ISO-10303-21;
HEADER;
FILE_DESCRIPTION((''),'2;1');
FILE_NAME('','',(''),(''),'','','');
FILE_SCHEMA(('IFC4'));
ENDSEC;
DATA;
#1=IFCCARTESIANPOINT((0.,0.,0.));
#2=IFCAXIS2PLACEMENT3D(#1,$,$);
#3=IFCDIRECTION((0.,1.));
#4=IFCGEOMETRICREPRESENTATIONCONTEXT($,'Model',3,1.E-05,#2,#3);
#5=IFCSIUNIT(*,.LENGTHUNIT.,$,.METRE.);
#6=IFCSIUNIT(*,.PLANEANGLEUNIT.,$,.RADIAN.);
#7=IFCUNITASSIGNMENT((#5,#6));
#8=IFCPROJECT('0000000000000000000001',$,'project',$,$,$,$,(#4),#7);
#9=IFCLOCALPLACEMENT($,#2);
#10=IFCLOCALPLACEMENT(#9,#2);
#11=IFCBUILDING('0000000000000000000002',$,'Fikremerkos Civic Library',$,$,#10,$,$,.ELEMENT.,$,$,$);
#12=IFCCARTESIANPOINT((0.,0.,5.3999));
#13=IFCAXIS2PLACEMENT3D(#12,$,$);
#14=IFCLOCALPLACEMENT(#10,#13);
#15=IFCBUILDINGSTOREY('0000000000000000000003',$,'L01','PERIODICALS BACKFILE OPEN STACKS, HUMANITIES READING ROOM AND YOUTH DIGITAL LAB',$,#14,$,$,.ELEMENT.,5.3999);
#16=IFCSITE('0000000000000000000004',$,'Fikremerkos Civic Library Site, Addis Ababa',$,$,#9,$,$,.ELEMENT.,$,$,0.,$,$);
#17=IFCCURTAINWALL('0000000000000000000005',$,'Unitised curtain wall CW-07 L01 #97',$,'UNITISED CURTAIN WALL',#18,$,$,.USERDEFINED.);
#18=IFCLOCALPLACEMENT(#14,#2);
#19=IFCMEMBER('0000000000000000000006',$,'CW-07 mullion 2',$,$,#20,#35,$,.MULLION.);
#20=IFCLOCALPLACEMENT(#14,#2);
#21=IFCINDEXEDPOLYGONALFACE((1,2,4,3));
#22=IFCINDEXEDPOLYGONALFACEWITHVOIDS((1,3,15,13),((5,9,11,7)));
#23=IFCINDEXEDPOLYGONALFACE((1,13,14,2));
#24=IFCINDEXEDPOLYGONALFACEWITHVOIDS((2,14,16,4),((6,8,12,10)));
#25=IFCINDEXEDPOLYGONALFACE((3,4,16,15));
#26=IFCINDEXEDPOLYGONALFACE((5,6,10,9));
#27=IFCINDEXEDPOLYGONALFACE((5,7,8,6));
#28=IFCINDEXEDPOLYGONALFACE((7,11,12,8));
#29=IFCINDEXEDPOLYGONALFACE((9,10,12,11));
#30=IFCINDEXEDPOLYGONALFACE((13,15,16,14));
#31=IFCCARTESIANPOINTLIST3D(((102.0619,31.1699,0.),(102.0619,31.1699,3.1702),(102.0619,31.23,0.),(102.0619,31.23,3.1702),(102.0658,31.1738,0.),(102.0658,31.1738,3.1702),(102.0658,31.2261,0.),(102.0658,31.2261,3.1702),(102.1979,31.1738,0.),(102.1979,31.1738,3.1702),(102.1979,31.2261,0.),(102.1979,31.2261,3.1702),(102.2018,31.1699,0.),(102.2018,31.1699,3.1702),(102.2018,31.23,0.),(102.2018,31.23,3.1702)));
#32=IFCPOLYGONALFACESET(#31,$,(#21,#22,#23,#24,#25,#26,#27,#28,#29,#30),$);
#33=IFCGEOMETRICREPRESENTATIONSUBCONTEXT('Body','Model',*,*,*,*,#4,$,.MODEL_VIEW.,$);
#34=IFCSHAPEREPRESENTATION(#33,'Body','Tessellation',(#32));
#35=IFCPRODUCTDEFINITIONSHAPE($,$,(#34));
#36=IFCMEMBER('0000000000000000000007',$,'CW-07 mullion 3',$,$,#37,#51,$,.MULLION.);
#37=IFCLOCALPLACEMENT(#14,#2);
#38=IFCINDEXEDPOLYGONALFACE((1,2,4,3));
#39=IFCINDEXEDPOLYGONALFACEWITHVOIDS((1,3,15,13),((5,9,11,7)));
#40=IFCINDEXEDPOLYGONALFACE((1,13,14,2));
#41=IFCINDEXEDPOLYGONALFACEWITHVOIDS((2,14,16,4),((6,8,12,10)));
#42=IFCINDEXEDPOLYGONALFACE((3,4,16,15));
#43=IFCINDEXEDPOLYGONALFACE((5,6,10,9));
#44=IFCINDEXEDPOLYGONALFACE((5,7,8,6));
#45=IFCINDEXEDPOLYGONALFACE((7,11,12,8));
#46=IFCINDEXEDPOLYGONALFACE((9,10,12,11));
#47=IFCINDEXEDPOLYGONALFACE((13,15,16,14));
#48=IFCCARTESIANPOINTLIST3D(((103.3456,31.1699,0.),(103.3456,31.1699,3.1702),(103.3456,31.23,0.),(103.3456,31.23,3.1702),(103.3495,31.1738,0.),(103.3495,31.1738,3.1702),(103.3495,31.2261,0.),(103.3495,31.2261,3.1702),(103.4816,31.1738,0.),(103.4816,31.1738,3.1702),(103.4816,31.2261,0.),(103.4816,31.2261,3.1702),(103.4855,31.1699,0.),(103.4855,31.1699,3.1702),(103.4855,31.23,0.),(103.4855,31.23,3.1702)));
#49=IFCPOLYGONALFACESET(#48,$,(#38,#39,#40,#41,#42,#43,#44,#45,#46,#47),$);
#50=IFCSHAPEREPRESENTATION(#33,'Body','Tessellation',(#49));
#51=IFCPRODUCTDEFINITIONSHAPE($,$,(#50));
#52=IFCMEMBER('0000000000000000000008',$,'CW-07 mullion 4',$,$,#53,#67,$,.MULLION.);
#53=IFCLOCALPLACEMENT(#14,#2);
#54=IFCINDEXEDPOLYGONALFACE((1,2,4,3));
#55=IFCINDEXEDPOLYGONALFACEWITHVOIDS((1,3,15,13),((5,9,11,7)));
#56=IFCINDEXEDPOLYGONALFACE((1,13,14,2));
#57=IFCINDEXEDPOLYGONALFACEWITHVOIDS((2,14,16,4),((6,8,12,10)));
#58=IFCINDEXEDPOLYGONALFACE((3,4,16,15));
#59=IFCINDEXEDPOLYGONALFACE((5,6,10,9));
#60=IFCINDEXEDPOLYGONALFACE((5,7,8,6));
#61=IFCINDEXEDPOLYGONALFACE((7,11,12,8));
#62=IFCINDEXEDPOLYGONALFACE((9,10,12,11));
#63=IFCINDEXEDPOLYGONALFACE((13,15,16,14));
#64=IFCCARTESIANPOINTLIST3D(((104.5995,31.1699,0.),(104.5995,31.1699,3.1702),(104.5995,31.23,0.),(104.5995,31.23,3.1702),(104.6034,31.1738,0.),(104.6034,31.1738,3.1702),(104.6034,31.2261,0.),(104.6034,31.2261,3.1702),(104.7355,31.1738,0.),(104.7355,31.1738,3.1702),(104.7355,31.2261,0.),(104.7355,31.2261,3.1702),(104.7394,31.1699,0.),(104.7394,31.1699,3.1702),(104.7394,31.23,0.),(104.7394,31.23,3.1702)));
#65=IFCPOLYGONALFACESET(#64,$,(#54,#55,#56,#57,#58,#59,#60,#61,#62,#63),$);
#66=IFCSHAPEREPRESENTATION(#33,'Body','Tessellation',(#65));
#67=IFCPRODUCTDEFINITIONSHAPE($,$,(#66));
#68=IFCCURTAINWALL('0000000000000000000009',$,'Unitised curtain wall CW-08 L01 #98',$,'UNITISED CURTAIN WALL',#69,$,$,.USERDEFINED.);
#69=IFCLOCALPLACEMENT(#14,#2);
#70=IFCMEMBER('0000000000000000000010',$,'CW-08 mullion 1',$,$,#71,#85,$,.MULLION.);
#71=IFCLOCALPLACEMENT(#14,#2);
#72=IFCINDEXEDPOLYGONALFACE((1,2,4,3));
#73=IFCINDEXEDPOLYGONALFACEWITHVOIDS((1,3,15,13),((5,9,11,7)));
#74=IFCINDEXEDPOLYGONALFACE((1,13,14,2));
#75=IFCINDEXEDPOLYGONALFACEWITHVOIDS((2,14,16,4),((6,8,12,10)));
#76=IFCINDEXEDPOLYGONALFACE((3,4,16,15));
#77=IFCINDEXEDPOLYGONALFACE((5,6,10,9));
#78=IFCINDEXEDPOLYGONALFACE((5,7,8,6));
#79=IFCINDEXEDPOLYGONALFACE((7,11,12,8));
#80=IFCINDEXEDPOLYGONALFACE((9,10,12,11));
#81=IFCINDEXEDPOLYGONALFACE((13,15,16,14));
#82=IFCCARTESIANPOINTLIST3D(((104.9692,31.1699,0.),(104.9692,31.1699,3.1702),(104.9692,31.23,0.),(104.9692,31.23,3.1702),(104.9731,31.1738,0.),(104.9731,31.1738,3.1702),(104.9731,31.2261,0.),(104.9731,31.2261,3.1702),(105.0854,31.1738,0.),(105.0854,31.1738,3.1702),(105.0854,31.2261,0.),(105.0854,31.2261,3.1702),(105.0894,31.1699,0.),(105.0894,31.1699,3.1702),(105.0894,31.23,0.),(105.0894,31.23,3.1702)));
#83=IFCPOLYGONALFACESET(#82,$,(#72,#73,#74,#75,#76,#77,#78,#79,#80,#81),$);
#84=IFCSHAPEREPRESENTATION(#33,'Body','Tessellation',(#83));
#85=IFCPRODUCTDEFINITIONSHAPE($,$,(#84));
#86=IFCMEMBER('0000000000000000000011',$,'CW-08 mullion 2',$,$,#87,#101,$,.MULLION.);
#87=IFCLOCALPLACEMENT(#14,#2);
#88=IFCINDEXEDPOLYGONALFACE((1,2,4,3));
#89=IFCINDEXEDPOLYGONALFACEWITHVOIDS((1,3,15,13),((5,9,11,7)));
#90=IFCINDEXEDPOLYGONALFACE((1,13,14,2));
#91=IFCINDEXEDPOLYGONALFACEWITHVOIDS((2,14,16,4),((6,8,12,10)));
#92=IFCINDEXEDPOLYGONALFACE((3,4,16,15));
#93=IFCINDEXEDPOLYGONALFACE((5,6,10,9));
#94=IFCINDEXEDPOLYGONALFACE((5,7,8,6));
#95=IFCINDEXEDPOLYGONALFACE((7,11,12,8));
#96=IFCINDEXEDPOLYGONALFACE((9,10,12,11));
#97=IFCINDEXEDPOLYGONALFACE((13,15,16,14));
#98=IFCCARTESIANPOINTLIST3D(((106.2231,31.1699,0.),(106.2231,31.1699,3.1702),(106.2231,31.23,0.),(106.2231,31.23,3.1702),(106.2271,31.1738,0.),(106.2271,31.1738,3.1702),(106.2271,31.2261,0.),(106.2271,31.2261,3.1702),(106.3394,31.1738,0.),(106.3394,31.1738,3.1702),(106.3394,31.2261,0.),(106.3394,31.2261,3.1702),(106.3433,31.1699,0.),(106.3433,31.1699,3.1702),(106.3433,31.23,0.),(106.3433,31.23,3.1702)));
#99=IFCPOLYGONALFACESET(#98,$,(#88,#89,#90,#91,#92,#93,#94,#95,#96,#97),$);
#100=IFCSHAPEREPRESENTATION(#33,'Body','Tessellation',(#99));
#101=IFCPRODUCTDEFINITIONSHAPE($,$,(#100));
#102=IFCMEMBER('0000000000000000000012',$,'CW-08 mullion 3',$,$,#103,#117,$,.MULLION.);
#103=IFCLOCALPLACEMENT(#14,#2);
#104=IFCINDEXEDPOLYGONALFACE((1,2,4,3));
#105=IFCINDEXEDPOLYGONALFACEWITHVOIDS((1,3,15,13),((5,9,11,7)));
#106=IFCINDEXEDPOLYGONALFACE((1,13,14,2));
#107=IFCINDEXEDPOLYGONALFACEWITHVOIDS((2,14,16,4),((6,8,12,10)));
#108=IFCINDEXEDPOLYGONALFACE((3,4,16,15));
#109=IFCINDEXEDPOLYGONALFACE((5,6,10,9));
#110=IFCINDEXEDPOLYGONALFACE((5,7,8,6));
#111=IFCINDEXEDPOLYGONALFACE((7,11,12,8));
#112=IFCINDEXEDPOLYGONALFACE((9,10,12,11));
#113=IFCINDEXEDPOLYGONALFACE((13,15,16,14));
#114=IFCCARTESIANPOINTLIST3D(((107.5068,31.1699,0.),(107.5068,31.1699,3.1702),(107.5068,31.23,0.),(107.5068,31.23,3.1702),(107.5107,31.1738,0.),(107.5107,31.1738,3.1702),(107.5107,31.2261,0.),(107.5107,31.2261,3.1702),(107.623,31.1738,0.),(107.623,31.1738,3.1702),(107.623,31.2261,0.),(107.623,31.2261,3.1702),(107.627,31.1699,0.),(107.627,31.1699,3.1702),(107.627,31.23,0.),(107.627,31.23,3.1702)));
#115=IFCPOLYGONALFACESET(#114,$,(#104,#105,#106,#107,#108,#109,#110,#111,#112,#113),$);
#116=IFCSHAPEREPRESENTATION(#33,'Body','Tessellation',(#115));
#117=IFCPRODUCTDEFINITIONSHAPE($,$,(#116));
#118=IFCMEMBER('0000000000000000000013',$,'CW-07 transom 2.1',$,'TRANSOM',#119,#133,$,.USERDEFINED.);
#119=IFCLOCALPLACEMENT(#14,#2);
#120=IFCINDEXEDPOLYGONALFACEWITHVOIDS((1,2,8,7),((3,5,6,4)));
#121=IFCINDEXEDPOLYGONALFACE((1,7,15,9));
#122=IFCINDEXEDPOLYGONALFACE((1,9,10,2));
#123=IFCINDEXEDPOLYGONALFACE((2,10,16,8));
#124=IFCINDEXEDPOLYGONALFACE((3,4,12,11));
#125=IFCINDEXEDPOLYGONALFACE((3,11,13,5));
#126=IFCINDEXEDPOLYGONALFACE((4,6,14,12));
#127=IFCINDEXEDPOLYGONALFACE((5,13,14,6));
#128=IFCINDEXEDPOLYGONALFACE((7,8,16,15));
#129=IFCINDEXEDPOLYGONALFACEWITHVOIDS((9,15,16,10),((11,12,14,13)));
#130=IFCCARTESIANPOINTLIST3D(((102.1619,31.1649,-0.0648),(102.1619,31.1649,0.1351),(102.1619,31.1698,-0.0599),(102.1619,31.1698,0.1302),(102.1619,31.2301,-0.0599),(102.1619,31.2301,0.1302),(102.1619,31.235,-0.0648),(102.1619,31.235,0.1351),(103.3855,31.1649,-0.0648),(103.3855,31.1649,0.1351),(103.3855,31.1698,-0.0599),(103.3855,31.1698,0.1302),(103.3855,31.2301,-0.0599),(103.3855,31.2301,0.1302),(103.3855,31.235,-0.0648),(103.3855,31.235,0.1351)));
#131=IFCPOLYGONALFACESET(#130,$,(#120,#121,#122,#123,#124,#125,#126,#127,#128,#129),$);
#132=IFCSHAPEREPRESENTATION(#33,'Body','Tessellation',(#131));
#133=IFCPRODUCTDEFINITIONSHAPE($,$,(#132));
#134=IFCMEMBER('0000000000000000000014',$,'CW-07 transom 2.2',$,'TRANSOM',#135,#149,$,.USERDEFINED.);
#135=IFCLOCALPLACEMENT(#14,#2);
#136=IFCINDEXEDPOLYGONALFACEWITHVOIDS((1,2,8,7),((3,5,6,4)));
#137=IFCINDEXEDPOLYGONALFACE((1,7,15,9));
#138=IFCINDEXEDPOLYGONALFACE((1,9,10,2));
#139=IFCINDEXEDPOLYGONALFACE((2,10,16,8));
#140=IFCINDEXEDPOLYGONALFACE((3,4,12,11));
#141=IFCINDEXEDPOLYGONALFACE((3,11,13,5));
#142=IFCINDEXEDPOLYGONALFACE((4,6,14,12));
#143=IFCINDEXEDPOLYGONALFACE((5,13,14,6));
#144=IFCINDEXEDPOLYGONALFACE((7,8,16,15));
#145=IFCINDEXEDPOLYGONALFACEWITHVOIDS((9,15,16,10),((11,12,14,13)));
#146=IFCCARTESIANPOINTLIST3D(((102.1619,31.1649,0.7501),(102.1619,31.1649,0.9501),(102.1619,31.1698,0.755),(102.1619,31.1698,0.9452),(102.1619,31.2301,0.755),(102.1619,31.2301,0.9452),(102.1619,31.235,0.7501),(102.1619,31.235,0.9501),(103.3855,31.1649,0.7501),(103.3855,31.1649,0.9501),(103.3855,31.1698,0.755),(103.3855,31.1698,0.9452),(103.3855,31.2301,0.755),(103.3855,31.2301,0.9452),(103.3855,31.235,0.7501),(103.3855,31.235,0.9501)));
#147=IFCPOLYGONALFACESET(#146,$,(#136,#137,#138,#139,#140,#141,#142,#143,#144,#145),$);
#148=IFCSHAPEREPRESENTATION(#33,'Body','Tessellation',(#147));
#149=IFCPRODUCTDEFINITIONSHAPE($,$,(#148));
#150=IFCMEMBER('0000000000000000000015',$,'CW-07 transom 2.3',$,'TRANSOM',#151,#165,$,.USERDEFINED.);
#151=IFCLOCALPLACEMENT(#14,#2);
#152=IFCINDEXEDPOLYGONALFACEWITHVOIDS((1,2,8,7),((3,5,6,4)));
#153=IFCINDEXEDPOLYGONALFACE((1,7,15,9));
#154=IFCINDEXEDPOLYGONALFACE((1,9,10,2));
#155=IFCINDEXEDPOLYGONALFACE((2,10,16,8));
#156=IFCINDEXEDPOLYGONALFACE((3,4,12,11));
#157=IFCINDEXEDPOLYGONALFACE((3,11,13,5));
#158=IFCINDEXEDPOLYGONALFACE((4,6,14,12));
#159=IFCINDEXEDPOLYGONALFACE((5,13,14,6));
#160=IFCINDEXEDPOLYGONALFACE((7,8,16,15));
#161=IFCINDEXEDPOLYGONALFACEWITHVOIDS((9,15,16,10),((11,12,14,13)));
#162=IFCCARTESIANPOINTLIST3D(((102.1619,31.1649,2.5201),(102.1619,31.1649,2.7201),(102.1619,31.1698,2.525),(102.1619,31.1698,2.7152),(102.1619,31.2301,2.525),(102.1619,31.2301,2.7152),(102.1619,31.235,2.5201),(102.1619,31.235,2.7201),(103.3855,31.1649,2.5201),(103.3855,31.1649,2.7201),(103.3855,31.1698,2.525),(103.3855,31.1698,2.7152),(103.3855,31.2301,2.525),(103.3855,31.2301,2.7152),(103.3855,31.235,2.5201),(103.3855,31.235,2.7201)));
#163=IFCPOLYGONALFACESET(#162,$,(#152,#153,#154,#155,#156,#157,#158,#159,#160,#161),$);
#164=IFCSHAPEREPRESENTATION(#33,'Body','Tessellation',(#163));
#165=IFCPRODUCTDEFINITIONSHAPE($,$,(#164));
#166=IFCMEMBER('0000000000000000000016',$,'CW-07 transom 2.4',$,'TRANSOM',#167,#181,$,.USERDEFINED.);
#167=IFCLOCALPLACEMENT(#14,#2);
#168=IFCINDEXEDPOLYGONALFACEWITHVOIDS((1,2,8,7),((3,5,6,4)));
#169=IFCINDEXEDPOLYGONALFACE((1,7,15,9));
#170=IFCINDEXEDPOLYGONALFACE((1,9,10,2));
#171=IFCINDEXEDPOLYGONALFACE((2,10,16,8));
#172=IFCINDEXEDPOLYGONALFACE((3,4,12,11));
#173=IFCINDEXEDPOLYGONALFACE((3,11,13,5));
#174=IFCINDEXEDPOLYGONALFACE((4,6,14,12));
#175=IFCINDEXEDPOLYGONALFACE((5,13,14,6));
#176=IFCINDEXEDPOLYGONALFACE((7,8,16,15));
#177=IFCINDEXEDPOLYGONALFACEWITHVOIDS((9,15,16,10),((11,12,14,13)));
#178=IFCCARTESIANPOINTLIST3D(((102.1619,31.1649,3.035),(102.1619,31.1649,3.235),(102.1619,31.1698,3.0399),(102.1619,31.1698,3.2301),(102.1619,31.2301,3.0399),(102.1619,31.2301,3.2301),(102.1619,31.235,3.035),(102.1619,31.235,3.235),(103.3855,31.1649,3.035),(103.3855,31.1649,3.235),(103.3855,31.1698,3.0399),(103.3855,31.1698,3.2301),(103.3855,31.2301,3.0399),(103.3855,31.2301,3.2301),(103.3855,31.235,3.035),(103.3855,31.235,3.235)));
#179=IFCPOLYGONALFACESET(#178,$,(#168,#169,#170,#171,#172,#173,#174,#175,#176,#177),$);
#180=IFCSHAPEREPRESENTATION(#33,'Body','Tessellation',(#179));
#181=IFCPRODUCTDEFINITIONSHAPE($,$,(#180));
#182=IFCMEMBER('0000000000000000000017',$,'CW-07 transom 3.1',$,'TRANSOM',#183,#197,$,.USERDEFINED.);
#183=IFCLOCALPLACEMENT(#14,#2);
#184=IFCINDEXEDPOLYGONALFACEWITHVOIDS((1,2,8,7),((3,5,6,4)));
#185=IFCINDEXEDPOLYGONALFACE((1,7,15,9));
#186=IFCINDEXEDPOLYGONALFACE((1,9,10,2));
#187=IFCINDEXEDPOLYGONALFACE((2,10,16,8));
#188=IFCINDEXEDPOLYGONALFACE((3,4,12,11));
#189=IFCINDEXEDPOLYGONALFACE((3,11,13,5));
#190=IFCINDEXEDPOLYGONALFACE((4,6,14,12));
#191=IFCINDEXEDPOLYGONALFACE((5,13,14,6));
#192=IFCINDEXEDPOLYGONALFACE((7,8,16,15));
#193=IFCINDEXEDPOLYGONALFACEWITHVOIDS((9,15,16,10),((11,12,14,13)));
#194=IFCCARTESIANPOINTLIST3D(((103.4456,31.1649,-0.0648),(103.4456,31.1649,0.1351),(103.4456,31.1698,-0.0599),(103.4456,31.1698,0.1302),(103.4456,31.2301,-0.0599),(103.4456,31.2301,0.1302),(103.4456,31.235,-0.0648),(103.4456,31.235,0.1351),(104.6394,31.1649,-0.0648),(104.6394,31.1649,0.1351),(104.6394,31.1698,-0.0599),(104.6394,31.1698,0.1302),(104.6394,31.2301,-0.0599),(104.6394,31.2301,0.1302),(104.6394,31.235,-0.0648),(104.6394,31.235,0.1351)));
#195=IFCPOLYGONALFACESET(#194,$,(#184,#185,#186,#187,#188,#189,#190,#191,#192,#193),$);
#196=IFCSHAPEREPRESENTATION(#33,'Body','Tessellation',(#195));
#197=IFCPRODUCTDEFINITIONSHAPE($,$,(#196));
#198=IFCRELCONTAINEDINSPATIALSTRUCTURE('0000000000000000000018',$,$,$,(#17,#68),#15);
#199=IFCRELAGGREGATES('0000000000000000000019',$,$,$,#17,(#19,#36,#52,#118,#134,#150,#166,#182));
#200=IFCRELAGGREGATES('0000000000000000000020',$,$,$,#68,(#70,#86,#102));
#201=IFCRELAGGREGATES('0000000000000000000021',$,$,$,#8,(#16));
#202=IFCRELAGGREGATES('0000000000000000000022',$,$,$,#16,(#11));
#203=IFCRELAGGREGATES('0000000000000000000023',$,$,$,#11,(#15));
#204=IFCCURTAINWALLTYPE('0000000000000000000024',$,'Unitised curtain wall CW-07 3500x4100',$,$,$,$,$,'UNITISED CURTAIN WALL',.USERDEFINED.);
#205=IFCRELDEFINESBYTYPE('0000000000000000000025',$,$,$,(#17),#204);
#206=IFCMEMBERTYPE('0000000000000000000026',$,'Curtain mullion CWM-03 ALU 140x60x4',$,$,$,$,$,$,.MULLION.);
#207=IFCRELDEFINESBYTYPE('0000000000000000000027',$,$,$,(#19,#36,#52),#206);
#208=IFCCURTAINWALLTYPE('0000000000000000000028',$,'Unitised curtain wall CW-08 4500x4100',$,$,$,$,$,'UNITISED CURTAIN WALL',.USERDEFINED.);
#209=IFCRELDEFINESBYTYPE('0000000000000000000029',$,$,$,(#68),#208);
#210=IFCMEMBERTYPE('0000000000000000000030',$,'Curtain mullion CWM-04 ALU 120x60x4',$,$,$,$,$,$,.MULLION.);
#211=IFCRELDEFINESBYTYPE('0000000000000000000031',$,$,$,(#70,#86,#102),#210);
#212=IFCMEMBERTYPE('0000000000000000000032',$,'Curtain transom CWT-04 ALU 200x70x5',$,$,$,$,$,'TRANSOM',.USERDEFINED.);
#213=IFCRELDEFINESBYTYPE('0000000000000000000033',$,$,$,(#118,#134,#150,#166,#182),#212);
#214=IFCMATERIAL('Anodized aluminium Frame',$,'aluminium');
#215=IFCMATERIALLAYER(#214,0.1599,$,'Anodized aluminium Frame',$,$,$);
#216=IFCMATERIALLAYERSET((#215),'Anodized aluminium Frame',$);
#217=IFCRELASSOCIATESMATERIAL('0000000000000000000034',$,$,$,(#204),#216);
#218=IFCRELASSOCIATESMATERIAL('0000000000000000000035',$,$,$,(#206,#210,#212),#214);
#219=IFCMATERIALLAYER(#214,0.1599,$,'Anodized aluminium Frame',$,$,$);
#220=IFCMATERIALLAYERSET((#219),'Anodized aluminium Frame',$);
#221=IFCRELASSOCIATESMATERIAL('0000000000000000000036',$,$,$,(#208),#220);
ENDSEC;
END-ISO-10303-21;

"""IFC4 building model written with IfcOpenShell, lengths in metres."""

from ifc_helpers import new_model, si_unit, direction, frame, origin, origin_2d, place, context, subcontext, project, spatial, hollow_rectangle, extrude, material, layer, layer_set, material_profile, profile_set, type_object, element, aggregate, save


model = new_model("IFC4")

# Units and contexts
model_context = context("Model", 3, precision=1e-05, world=origin(), true_north=direction((0.0, 1.0)))
body_context = subcontext(model_context, "Body", "Model", "MODEL_VIEW")
ifc_project = project(units=[si_unit("LENGTHUNIT", "METRE"), si_unit("PLANEANGLEUNIT", "RADIAN")], contexts=[model_context])

# Site, building, storey
site_placement = place(None, origin())
site = spatial("IfcSite", under=ifc_project, at=site_placement, Name="Fikremerkos Civic Library Site, Addis Ababa", CompositionType="ELEMENT", RefElevation=0.0)
building_placement = place(site_placement, origin())
building = spatial("IfcBuilding", under=site, at=building_placement, Name="Fikremerkos Civic Library", CompositionType="ELEMENT")
storey_placement = place(building_placement, frame((0.0, 0.0, 5.3999)))
storey = spatial("IfcBuildingStorey", under=building, at=storey_placement, Name="L01", Description="PERIODICALS BACKFILE OPEN STACKS, HUMANITIES READING ROOM AND YOUTH DIGITAL LAB", CompositionType="ELEMENT", Elevation=5.3999)

# Curtain walls, members
ifc_material_1 = material(Name="Anodized aluminium Frame", Category="aluminium")
ifc_layer_1 = layer(ifc_material_1, 0.1599, Name="Anodized aluminium Frame")
ifc_layer_set_1 = layer_set([ifc_layer_1], Name="Anodized aluminium Frame")
curtain_wall_type_1 = type_object("IfcCurtainWallType", Name="Unitised curtain wall CW-07 3500x4100", ElementType="UNITISED CURTAIN WALL", PredefinedType="USERDEFINED", material=ifc_layer_set_1)
curtain_wall_1_placement = place(storey_placement, origin())
curtain_wall_1 = element("IfcCurtainWall", 1, at=curtain_wall_1_placement, inside=storey, type_object=curtain_wall_type_1, Name="Unitised curtain wall CW-07 L01 #97", ObjectType="UNITISED CURTAIN WALL", PredefinedType="USERDEFINED")
ifc_material_profile_1 = material_profile(ifc_material_1, hollow_rectangle(XDim=0.0601, YDim=0.1399, WallThickness=0.0039, at=origin_2d()), Name="ALU 140x60x4")
ifc_profile_set_1 = profile_set([ifc_material_profile_1], Name="Anodized aluminium Frame")
member_type_1 = type_object("IfcMemberType", Name="Curtain mullion CWM-03 ALU 140x60x4", PredefinedType="MULLION", material=ifc_profile_set_1)
member_1_placement = place(storey_placement, frame((102.1318, 31.2, 0.0), z_axis=(0.0, 0.0, 1.0), x_axis=(0.0, 1.0, 0.0)))
member_1 = element("IfcMember", 2, at=member_1_placement, type_object=member_type_1, Name="CW-07 mullion 2", PredefinedType="MULLION", context=body_context, shape_type="SweptSolid", body=[
    extrude(hollow_rectangle(XDim=0.0601, YDim=0.1399, WallThickness=0.0039, at=origin_2d()), origin(), (0.0, 0.0, 1.0), 3.1702),
])
member_2_placement = place(storey_placement, frame((103.4155, 31.2, 0.0), z_axis=(0.0, 0.0, 1.0), x_axis=(0.0, 1.0, 0.0)))
member_2 = element("IfcMember", 3, at=member_2_placement, type_object=member_type_1, Name="CW-07 mullion 3", PredefinedType="MULLION", context=body_context, shape_type="SweptSolid", body=[
    extrude(hollow_rectangle(XDim=0.0601, YDim=0.1399, WallThickness=0.0039, at=origin_2d()), origin(), (0.0, 0.0, 1.0), 3.1702),
])
member_3_placement = place(storey_placement, frame((104.6694, 31.2, 0.0), z_axis=(0.0, 0.0, 1.0), x_axis=(0.0, 1.0, 0.0)))
member_3 = element("IfcMember", 4, at=member_3_placement, type_object=member_type_1, Name="CW-07 mullion 4", PredefinedType="MULLION", context=body_context, shape_type="SweptSolid", body=[
    extrude(hollow_rectangle(XDim=0.0601, YDim=0.1399, WallThickness=0.0039, at=origin_2d()), origin(), (0.0, 0.0, 1.0), 3.1702),
])
ifc_layer_2 = layer(ifc_material_1, 0.1599, Name="Anodized aluminium Frame")
ifc_layer_set_2 = layer_set([ifc_layer_2], Name="Anodized aluminium Frame")
curtain_wall_type_2 = type_object("IfcCurtainWallType", Name="Unitised curtain wall CW-08 4500x4100", ElementType="UNITISED CURTAIN WALL", PredefinedType="USERDEFINED", material=ifc_layer_set_2)
curtain_wall_2_placement = place(storey_placement, origin())
curtain_wall_2 = element("IfcCurtainWall", 5, at=curtain_wall_2_placement, inside=storey, type_object=curtain_wall_type_2, Name="Unitised curtain wall CW-08 L01 #98", ObjectType="UNITISED CURTAIN WALL", PredefinedType="USERDEFINED")
ifc_material_profile_2 = material_profile(ifc_material_1, hollow_rectangle(XDim=0.0601, YDim=0.1201, WallThickness=0.0039, at=origin_2d()), Name="ALU 120x60x4")
ifc_profile_set_2 = profile_set([ifc_material_profile_2], Name="Anodized aluminium Frame")
member_type_2 = type_object("IfcMemberType", Name="Curtain mullion CWM-04 ALU 120x60x4", PredefinedType="MULLION", material=ifc_profile_set_2)
member_4_placement = place(storey_placement, frame((105.0293, 31.2, 0.0), z_axis=(0.0, 0.0, 1.0), x_axis=(0.0, 1.0, 0.0)))
member_4 = element("IfcMember", 6, at=member_4_placement, type_object=member_type_2, Name="CW-08 mullion 1", PredefinedType="MULLION", context=body_context, shape_type="SweptSolid", body=[
    extrude(hollow_rectangle(XDim=0.0601, YDim=0.1201, WallThickness=0.0039, at=origin_2d()), origin(), (0.0, 0.0, 1.0), 3.1702),
])
member_5_placement = place(storey_placement, frame((106.2832, 31.2, 0.0), z_axis=(0.0, 0.0, 1.0), x_axis=(0.0, 1.0, 0.0)))
member_5 = element("IfcMember", 7, at=member_5_placement, type_object=member_type_2, Name="CW-08 mullion 2", PredefinedType="MULLION", context=body_context, shape_type="SweptSolid", body=[
    extrude(hollow_rectangle(XDim=0.0601, YDim=0.1201, WallThickness=0.0039, at=origin_2d()), origin(), (0.0, 0.0, 1.0), 3.1702),
])
member_6_placement = place(storey_placement, frame((107.5669, 31.2, 0.0), z_axis=(0.0, 0.0, 1.0), x_axis=(0.0, 1.0, 0.0)))
member_6 = element("IfcMember", 8, at=member_6_placement, type_object=member_type_2, Name="CW-08 mullion 3", PredefinedType="MULLION", context=body_context, shape_type="SweptSolid", body=[
    extrude(hollow_rectangle(XDim=0.0601, YDim=0.1201, WallThickness=0.0039, at=origin_2d()), origin(), (0.0, 0.0, 1.0), 3.1702),
])

# Members
ifc_material_profile_3 = material_profile(ifc_material_1, hollow_rectangle(XDim=0.0701, YDim=0.2, WallThickness=0.0049, at=origin_2d()), Name="ALU 200x70x5")
ifc_profile_set_3 = profile_set([ifc_material_profile_3], Name="Anodized aluminium Frame")
member_type_3 = type_object("IfcMemberType", Name="Curtain transom CWT-04 ALU 200x70x5", ElementType="TRANSOM", PredefinedType="USERDEFINED", material=ifc_profile_set_3)
member_7_placement = place(storey_placement, frame((102.1619, 31.2, 0.0352), z_axis=(1.0, 0.0, 0.0), x_axis=(0.0, 1.0, 0.0)))
member_7 = element("IfcMember", 9, at=member_7_placement, type_object=member_type_3, Name="CW-07 transom 2.1", ObjectType="TRANSOM", PredefinedType="USERDEFINED", context=body_context, shape_type="SweptSolid", body=[
    extrude(hollow_rectangle(XDim=0.0701, YDim=0.2, WallThickness=0.0049, at=origin_2d()), origin(), (0.0, 0.0, 1.0), 1.2236),
])
member_8_placement = place(storey_placement, frame((102.1619, 31.2, 0.8501), z_axis=(1.0, 0.0, 0.0), x_axis=(0.0, 1.0, 0.0)))
member_8 = element("IfcMember", 10, at=member_8_placement, type_object=member_type_3, Name="CW-07 transom 2.2", ObjectType="TRANSOM", PredefinedType="USERDEFINED", context=body_context, shape_type="SweptSolid", body=[
    extrude(hollow_rectangle(XDim=0.0701, YDim=0.2, WallThickness=0.0049, at=origin_2d()), origin(), (0.0, 0.0, 1.0), 1.2236),
])
member_9_placement = place(storey_placement, frame((102.1619, 31.2, 2.6201), z_axis=(1.0, 0.0, 0.0), x_axis=(0.0, 1.0, 0.0)))
member_9 = element("IfcMember", 11, at=member_9_placement, type_object=member_type_3, Name="CW-07 transom 2.3", ObjectType="TRANSOM", PredefinedType="USERDEFINED", context=body_context, shape_type="SweptSolid", body=[
    extrude(hollow_rectangle(XDim=0.0701, YDim=0.2, WallThickness=0.0049, at=origin_2d()), origin(), (0.0, 0.0, 1.0), 1.2236),
])
member_10_placement = place(storey_placement, frame((102.1619, 31.2, 3.135), z_axis=(1.0, 0.0, 0.0), x_axis=(0.0, 1.0, 0.0)))
member_10 = element("IfcMember", 12, at=member_10_placement, type_object=member_type_3, Name="CW-07 transom 2.4", ObjectType="TRANSOM", PredefinedType="USERDEFINED", context=body_context, shape_type="SweptSolid", body=[
    extrude(hollow_rectangle(XDim=0.0701, YDim=0.2, WallThickness=0.0049, at=origin_2d()), origin(), (0.0, 0.0, 1.0), 1.2236),
])
member_11_placement = place(storey_placement, frame((103.4456, 31.2, 0.0352), z_axis=(1.0, 0.0, 0.0), x_axis=(0.0, 1.0, 0.0)))
member_11 = element("IfcMember", 13, at=member_11_placement, type_object=member_type_3, Name="CW-07 transom 3.1", ObjectType="TRANSOM", PredefinedType="USERDEFINED", context=body_context, shape_type="SweptSolid", body=[
    extrude(hollow_rectangle(XDim=0.0701, YDim=0.2, WallThickness=0.0049, at=origin_2d()), origin(), (0.0, 0.0, 1.0), 1.1938),
])

aggregate(curtain_wall_1, [member_1, member_2, member_3, member_7, member_8, member_9, member_10, member_11])
aggregate(curtain_wall_2, [member_4, member_5, member_6])

save(model, "model.ifc")
